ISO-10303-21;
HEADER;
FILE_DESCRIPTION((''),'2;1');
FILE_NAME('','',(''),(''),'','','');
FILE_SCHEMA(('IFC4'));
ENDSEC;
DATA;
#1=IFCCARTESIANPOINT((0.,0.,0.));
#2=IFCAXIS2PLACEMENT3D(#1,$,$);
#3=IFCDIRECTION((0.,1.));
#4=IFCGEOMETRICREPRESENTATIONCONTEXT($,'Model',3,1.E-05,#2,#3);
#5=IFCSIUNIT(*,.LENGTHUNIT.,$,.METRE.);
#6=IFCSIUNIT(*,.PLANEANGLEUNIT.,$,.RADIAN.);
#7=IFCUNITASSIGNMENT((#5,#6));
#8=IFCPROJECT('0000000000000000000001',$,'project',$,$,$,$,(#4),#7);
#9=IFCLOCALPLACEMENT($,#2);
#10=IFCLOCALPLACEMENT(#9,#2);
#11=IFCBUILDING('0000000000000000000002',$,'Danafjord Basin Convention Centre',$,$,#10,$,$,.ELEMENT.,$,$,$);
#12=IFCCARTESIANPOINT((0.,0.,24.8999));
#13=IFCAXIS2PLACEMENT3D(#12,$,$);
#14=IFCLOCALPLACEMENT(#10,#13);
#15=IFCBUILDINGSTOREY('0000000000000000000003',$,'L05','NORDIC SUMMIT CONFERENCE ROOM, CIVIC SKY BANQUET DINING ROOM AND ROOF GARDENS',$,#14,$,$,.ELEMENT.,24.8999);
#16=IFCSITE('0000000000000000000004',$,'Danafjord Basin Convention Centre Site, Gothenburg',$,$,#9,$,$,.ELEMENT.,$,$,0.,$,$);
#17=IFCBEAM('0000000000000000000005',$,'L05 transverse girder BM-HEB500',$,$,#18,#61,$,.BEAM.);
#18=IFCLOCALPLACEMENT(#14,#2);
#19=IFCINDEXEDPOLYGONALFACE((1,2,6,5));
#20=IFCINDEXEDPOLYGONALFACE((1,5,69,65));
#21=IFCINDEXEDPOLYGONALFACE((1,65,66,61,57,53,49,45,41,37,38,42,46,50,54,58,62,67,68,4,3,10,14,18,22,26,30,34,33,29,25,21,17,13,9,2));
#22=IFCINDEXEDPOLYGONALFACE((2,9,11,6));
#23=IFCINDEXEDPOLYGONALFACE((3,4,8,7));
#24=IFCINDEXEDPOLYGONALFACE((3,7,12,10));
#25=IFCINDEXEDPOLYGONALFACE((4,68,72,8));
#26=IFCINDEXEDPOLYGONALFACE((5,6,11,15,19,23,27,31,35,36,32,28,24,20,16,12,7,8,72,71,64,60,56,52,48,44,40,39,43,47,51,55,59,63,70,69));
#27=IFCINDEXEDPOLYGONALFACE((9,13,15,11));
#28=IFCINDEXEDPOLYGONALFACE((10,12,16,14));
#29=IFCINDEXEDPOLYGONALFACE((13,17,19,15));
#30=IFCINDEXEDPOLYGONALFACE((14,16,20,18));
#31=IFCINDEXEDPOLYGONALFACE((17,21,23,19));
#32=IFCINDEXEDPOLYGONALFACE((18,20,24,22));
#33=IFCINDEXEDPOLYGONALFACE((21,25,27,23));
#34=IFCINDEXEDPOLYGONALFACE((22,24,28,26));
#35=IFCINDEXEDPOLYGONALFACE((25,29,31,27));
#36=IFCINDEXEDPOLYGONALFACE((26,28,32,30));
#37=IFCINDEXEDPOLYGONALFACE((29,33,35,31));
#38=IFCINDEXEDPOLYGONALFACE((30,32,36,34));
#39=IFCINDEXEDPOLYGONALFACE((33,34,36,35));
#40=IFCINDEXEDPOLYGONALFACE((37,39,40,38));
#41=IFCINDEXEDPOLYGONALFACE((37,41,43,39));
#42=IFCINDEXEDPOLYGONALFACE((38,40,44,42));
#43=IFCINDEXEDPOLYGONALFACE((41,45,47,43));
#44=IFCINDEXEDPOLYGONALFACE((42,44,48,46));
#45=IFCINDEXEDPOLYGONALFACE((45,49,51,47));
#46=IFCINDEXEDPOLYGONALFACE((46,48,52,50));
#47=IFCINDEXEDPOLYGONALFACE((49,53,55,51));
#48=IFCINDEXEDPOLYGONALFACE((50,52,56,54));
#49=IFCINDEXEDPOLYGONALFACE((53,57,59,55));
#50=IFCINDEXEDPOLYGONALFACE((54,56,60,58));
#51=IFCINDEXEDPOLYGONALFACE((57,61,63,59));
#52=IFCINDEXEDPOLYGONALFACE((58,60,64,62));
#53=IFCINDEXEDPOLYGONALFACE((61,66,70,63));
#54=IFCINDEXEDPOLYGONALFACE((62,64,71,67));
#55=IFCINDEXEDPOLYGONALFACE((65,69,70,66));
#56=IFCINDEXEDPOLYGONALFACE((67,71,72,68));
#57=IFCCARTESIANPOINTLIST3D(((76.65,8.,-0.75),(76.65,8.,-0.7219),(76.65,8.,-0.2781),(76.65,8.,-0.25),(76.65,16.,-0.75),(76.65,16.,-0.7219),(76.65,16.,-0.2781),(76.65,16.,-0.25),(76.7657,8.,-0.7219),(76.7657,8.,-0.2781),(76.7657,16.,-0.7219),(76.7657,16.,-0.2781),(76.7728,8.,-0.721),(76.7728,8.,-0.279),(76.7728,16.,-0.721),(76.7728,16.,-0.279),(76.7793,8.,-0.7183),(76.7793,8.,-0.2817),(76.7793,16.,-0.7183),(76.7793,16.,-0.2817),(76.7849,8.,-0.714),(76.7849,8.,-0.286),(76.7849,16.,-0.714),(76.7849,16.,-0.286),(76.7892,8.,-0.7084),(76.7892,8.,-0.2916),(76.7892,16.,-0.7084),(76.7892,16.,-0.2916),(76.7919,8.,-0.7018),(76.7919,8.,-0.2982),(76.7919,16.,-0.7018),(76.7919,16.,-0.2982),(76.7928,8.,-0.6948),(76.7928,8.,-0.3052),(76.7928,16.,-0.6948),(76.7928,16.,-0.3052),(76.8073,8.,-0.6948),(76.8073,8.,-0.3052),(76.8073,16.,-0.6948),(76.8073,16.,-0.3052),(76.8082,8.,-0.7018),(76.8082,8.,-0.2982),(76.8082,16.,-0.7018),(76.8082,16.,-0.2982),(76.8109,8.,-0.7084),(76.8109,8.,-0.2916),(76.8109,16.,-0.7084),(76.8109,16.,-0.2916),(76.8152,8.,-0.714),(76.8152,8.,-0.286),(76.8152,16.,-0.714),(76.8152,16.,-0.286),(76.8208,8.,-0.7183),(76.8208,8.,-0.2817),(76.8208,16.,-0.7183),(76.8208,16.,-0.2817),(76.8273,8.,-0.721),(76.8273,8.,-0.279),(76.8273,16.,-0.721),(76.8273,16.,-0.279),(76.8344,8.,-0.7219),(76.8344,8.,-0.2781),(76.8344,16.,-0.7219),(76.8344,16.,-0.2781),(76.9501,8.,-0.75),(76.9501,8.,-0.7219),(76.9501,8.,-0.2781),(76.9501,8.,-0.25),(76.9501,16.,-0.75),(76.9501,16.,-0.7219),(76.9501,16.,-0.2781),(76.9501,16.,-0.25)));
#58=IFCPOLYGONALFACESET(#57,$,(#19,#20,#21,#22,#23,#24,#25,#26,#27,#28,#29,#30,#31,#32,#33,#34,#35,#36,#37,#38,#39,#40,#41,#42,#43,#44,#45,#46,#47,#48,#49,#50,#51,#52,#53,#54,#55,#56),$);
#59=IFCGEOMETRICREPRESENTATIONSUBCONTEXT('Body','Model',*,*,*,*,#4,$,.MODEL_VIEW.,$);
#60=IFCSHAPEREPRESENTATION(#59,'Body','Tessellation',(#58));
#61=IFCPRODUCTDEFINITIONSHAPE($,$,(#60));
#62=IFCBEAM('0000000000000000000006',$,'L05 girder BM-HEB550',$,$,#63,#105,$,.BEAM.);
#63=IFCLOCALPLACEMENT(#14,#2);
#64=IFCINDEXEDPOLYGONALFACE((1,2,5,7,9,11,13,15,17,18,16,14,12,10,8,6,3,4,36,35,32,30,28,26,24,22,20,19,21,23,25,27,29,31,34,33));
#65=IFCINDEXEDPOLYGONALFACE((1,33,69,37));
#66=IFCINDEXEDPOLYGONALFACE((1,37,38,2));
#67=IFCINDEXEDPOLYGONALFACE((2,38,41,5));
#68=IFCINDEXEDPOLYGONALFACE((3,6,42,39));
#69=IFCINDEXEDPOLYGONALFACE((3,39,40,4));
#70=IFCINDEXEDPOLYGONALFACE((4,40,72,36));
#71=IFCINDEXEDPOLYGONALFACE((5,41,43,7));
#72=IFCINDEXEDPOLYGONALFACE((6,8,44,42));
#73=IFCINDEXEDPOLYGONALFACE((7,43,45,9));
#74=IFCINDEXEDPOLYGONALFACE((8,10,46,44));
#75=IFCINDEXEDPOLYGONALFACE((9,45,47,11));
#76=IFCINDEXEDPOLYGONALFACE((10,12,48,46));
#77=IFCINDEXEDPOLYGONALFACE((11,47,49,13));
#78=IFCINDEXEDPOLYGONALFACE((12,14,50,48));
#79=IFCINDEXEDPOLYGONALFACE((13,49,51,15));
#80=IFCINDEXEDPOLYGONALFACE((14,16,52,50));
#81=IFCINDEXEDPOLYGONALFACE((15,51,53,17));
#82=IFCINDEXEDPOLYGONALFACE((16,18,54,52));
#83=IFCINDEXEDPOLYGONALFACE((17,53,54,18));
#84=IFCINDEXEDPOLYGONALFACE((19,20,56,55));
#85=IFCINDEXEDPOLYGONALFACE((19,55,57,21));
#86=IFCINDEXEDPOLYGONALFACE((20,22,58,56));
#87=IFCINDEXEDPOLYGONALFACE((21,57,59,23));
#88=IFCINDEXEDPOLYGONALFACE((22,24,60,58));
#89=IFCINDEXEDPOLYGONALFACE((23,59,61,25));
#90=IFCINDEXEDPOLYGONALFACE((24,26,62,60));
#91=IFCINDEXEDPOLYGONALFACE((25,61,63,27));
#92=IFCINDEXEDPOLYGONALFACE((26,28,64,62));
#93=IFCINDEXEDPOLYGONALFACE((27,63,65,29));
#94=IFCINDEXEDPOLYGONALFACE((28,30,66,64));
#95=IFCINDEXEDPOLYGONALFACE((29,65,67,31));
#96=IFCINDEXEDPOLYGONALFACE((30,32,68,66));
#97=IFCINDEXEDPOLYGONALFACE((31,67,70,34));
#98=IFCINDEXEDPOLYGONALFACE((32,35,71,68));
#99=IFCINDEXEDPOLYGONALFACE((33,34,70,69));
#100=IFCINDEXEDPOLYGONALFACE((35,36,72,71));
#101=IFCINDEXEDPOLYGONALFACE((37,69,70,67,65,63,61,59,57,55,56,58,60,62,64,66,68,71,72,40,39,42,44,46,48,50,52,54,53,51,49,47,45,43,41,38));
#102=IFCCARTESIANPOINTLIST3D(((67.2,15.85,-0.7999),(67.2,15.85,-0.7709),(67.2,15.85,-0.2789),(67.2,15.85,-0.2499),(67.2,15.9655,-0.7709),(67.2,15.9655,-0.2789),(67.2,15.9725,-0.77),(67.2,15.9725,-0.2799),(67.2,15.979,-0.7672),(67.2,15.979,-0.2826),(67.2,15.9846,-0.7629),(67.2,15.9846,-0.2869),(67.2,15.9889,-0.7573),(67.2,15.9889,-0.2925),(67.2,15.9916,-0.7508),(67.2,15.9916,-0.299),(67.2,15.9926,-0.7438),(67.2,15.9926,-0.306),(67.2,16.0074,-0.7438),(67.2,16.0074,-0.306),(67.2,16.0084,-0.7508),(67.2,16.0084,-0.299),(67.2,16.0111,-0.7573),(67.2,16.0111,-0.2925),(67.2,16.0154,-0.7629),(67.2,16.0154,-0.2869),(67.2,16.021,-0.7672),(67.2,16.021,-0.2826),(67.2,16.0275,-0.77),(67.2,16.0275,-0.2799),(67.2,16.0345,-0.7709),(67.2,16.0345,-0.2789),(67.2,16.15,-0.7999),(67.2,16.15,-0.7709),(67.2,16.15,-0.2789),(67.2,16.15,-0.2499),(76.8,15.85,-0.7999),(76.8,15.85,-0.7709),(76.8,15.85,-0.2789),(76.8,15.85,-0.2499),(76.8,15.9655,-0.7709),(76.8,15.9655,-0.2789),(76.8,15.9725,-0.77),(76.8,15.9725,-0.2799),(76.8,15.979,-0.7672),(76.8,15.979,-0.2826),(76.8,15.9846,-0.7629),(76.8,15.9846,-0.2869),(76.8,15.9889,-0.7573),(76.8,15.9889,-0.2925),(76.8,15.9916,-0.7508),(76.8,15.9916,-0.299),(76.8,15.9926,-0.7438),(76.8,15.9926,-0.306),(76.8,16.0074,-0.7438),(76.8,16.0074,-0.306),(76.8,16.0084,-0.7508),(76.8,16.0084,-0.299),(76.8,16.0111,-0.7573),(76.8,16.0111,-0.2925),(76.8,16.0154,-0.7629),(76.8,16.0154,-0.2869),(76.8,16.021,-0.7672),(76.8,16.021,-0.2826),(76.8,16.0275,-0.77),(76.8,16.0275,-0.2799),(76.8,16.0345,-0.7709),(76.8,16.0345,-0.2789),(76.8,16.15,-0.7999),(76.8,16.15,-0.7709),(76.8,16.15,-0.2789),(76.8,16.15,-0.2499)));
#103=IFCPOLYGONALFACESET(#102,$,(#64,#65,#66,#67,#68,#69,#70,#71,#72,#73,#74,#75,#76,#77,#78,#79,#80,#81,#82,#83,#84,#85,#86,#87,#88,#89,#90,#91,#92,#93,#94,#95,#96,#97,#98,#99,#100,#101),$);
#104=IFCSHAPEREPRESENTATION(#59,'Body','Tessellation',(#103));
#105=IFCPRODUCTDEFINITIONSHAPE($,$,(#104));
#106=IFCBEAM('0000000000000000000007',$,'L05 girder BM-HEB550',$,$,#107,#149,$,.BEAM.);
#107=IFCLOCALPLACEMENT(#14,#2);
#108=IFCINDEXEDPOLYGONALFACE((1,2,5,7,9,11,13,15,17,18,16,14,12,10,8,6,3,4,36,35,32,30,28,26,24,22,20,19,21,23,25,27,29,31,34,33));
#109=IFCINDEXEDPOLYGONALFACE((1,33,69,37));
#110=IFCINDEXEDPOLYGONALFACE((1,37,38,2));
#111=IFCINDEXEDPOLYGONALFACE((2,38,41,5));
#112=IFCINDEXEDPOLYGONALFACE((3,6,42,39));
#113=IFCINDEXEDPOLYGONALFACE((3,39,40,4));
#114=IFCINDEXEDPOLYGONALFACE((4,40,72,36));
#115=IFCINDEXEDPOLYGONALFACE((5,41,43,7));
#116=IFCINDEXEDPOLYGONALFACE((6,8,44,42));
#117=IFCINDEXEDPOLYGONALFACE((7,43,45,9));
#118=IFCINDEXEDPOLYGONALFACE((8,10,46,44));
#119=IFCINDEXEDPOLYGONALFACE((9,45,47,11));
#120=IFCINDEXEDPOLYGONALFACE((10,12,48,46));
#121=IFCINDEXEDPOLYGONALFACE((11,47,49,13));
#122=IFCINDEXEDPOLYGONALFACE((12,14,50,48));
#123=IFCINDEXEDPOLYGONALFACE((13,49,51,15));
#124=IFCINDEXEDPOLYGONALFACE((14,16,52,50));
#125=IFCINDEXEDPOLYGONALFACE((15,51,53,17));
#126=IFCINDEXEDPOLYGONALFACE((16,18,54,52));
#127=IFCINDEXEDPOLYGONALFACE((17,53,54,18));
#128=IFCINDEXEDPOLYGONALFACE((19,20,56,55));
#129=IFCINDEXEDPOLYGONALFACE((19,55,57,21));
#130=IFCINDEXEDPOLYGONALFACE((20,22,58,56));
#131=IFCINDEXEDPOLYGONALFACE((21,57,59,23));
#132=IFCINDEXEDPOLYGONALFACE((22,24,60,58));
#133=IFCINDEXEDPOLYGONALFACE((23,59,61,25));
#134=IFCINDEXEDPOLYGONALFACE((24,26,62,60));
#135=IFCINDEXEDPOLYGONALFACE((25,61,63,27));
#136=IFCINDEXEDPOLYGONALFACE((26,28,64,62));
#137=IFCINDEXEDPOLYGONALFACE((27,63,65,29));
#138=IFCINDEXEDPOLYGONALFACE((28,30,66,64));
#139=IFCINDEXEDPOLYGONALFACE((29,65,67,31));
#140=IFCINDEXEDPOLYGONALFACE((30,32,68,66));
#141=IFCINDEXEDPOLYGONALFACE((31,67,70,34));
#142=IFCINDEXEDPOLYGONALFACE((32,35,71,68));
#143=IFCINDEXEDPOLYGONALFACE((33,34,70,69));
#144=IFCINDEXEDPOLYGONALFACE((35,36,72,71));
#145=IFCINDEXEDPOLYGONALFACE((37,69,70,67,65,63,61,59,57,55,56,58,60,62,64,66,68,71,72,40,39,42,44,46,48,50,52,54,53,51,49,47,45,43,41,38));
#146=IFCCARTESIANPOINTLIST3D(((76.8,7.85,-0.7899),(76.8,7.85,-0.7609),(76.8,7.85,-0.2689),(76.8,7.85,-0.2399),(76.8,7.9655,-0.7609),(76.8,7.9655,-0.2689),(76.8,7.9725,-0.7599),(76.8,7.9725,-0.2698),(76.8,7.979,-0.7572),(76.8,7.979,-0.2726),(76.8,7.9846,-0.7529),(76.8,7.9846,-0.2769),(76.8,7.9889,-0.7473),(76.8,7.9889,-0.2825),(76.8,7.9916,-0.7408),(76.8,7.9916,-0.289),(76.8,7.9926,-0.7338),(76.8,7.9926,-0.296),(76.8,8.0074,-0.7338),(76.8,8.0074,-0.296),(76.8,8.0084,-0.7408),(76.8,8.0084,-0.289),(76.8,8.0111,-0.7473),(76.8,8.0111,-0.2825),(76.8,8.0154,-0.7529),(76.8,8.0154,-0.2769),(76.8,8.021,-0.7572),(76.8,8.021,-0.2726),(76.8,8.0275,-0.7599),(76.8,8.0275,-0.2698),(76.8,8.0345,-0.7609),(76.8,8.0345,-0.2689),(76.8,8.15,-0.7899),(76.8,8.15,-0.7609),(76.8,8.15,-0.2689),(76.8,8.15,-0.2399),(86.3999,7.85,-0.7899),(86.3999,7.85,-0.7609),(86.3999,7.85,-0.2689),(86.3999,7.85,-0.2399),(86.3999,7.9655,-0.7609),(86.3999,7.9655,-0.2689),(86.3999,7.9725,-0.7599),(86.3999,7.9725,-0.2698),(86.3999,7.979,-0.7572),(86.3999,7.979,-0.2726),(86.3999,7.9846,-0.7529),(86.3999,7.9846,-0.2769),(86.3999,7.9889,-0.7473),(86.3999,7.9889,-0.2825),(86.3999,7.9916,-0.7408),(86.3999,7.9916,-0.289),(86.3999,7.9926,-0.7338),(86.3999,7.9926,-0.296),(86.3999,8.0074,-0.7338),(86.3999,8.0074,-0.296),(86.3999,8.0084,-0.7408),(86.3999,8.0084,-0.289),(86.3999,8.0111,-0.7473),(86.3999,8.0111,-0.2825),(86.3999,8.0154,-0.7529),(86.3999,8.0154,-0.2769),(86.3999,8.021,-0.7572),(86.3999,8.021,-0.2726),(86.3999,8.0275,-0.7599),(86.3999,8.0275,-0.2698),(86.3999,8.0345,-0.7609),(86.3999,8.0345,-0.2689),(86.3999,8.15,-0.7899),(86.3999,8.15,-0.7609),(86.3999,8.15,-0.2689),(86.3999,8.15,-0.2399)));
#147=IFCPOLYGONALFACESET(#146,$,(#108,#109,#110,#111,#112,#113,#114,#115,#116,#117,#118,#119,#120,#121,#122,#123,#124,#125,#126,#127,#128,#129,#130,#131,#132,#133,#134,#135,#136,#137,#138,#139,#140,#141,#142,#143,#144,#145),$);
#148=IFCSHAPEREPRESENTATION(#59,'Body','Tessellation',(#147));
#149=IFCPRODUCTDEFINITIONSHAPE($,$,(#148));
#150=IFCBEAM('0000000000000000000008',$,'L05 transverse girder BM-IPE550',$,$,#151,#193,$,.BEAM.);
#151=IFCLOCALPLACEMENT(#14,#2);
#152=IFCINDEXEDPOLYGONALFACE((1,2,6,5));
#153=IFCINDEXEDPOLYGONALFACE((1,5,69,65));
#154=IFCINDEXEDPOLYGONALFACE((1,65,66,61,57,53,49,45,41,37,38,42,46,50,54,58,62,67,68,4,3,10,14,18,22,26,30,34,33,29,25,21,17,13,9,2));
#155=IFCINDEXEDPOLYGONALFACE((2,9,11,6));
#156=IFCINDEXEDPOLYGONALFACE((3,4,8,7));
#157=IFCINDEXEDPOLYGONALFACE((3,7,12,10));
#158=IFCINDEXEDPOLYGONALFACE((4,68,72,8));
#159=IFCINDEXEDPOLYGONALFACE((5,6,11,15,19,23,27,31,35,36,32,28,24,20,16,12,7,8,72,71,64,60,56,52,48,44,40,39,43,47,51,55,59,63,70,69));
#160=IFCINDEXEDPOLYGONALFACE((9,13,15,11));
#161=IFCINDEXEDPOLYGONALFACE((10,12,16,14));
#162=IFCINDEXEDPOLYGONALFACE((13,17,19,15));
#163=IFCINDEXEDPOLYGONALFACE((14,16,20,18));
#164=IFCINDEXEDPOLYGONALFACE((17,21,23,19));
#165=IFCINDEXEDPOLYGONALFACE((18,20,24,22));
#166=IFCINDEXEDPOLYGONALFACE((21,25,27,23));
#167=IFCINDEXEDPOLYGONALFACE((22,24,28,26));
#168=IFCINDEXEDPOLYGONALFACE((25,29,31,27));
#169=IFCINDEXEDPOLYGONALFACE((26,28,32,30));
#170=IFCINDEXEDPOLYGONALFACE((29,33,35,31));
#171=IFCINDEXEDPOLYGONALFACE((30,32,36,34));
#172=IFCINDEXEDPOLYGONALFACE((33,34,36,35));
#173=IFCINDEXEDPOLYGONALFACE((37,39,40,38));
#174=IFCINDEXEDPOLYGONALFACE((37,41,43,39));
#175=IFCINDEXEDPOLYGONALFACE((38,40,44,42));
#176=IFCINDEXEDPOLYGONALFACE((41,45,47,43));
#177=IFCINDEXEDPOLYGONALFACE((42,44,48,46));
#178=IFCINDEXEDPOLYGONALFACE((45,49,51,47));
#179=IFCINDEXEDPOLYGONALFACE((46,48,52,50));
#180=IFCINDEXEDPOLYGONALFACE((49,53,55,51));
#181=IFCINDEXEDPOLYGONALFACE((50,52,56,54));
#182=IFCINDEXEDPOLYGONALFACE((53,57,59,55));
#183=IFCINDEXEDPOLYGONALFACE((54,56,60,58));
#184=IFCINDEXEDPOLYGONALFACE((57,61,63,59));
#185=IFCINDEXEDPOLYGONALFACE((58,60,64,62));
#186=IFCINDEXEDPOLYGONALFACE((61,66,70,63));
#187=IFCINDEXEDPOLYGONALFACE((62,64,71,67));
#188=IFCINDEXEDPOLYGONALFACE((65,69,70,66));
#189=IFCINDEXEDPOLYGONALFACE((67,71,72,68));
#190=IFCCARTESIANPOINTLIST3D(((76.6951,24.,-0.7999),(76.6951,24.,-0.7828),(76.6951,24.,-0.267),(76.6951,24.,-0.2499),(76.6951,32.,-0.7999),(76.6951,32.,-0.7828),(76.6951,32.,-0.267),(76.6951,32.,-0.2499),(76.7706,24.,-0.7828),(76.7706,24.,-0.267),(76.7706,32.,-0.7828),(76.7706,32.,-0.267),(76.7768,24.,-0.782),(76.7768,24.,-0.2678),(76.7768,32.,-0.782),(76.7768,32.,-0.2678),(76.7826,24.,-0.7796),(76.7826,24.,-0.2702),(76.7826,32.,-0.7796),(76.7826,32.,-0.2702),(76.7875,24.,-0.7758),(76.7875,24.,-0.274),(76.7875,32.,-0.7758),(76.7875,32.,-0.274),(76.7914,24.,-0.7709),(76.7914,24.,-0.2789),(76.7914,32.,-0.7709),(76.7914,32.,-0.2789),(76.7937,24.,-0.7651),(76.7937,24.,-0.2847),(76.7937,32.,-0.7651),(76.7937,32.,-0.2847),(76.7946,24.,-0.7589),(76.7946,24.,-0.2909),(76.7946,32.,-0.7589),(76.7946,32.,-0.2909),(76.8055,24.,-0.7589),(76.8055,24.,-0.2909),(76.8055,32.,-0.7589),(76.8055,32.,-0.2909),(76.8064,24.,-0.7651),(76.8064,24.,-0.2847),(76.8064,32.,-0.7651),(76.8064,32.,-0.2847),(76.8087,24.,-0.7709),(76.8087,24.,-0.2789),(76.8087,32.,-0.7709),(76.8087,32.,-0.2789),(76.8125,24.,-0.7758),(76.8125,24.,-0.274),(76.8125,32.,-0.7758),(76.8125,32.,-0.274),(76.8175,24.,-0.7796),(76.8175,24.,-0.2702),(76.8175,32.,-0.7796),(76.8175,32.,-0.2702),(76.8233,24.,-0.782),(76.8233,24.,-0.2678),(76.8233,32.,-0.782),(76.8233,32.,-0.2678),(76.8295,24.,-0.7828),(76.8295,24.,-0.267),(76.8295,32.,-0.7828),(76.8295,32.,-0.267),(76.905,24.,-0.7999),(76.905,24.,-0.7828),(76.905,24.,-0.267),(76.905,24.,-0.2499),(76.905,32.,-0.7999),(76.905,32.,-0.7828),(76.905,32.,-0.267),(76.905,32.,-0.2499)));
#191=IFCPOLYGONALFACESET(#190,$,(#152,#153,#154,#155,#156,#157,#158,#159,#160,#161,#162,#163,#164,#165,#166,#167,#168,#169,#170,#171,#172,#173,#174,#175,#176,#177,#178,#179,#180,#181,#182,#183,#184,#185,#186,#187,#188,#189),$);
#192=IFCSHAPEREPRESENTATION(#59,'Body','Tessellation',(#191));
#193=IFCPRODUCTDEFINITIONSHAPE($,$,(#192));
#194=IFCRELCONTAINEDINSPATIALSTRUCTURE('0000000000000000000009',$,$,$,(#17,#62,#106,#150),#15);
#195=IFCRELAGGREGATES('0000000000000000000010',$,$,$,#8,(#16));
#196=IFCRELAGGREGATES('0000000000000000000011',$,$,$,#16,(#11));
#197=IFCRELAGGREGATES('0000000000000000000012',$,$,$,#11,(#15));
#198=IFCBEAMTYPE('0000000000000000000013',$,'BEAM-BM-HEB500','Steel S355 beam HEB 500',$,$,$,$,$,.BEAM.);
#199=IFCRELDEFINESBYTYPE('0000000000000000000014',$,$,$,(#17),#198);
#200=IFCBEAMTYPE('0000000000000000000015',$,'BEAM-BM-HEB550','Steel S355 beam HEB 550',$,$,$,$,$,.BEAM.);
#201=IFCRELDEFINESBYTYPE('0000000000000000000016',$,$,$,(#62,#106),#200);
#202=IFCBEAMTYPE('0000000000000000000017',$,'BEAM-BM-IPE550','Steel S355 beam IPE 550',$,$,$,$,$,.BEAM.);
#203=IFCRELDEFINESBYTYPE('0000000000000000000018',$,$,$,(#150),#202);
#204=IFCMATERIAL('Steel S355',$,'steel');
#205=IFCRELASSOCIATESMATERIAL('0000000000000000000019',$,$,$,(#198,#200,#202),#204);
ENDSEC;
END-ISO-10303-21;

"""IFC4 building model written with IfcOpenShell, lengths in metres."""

from ifc_helpers import new_model, si_unit, direction, frame, origin, origin_2d, place, context, subcontext, project, spatial, i_section, extrude, material, material_profile, profile_set, type_object, element, save


model = new_model("IFC4")

# Units and contexts
model_context = context("Model", 3, precision=1e-05, world=origin(), true_north=direction((0.0, 1.0)))
body_context = subcontext(model_context, "Body", "Model", "MODEL_VIEW")
ifc_project = project(units=[si_unit("LENGTHUNIT", "METRE"), si_unit("PLANEANGLEUNIT", "RADIAN")], contexts=[model_context])

# Site, building, storey
site_placement = place(None, origin())
site = spatial("IfcSite", under=ifc_project, at=site_placement, Name="Danafjord Basin Convention Centre Site, Gothenburg", CompositionType="ELEMENT", RefElevation=0.0)
building_placement = place(site_placement, origin())
building = spatial("IfcBuilding", under=site, at=building_placement, Name="Danafjord Basin Convention Centre", CompositionType="ELEMENT")
storey_placement = place(building_placement, frame((0.0, 0.0, 24.8999)))
storey = spatial("IfcBuildingStorey", under=building, at=storey_placement, Name="L05", Description="NORDIC SUMMIT CONFERENCE ROOM, CIVIC SKY BANQUET DINING ROOM AND ROOF GARDENS", CompositionType="ELEMENT", Elevation=24.8999)

# Shared definitions
ifc_material_1 = material(Name="Steel S355", Category="steel")

# Beams
ifc_material_profile_1 = material_profile(ifc_material_1, i_section(OverallWidth=0.3, OverallDepth=0.5, WebThickness=0.0144, FlangeThickness=0.0281, FilletRadius=0.0271, at=origin_2d()), Name="HEB 500")
ifc_profile_set_1 = profile_set([ifc_material_profile_1], Name="Steel S355")
beam_type_1 = type_object("IfcBeamType", Name="BEAM-BM-HEB500", Description="Steel S355 beam HEB 500", PredefinedType="BEAM", material=ifc_profile_set_1)
for number, where, z_axis, x_axis, name in (
    (1, (76.8, 8.0, -0.5), (0.0, 1.0, 0.0), (-1.0, 0.0, 0.0), "L05 transverse girder BM-HEB500"),
):
    element("IfcBeam", number, at=place(storey_placement, frame(where, z_axis=z_axis, x_axis=x_axis)), inside=storey, type_object=beam_type_1, Name=name, PredefinedType="BEAM", context=body_context, shape_type="SweptSolid", body=[
        extrude(i_section(OverallWidth=0.3, OverallDepth=0.5, WebThickness=0.0144, FlangeThickness=0.0281, FilletRadius=0.0271, at=origin_2d()), origin(), (0.0, 0.0, 1.0), 8.0),
    ])
ifc_material_profile_2 = material_profile(ifc_material_1, i_section(OverallWidth=0.3, OverallDepth=0.55, WebThickness=0.0149, FlangeThickness=0.0291, FilletRadius=0.0271, at=origin_2d()), Name="HEB 550")
ifc_profile_set_2 = profile_set([ifc_material_profile_2], Name="Steel S355")
beam_type_2 = type_object("IfcBeamType", Name="BEAM-BM-HEB550", Description="Steel S355 beam HEB 550", PredefinedType="BEAM", material=ifc_profile_set_2)
beam_1_placement = place(storey_placement, frame((67.2, 16.0, -0.5249), z_axis=(1.0, 0.0, 0.0), x_axis=(0.0, 1.0, 0.0)))
element("IfcBeam", 2, at=beam_1_placement, inside=storey, type_object=beam_type_2, Name="L05 girder BM-HEB550", PredefinedType="BEAM", context=body_context, shape_type="SweptSolid", body=[
    extrude(i_section(OverallWidth=0.3, OverallDepth=0.55, WebThickness=0.0149, FlangeThickness=0.0291, FilletRadius=0.0271, at=origin_2d()), origin(), (0.0, 0.0, 1.0), 9.6001),
])
beam_2_placement = place(storey_placement, frame((76.8, 8.0, -0.5149), z_axis=(1.0, 0.0, 0.0), x_axis=(0.0, 1.0, 0.0)))
element("IfcBeam", 3, at=beam_2_placement, inside=storey, type_object=beam_type_2, Name="L05 girder BM-HEB550", PredefinedType="BEAM", context=body_context, shape_type="SweptSolid", body=[
    extrude(i_section(OverallWidth=0.3, OverallDepth=0.55, WebThickness=0.0149, FlangeThickness=0.0291, FilletRadius=0.0271, at=origin_2d()), origin(), (0.0, 0.0, 1.0), 9.5999),
])
ifc_material_profile_3 = material_profile(ifc_material_1, i_section(OverallWidth=0.21, OverallDepth=0.55, WebThickness=0.011, FlangeThickness=0.0171, FilletRadius=0.0239, at=origin_2d()), Name="IPE 550")
ifc_profile_set_3 = profile_set([ifc_material_profile_3], Name="Steel S355")
beam_type_3 = type_object("IfcBeamType", Name="BEAM-BM-IPE550", Description="Steel S355 beam IPE 550", PredefinedType="BEAM", material=ifc_profile_set_3)
beam_3_placement = place(storey_placement, frame((76.8, 24.0, -0.5249), z_axis=(0.0, 1.0, 0.0), x_axis=(-1.0, 0.0, 0.0)))
element("IfcBeam", 4, at=beam_3_placement, inside=storey, type_object=beam_type_3, Name="L05 transverse girder BM-IPE550", PredefinedType="BEAM", context=body_context, shape_type="SweptSolid", body=[
    extrude(i_section(OverallWidth=0.21, OverallDepth=0.55, WebThickness=0.011, FlangeThickness=0.0171, FilletRadius=0.0239, at=origin_2d()), origin(), (0.0, 0.0, 1.0), 8.0),
])

save(model, "model.ifc")
